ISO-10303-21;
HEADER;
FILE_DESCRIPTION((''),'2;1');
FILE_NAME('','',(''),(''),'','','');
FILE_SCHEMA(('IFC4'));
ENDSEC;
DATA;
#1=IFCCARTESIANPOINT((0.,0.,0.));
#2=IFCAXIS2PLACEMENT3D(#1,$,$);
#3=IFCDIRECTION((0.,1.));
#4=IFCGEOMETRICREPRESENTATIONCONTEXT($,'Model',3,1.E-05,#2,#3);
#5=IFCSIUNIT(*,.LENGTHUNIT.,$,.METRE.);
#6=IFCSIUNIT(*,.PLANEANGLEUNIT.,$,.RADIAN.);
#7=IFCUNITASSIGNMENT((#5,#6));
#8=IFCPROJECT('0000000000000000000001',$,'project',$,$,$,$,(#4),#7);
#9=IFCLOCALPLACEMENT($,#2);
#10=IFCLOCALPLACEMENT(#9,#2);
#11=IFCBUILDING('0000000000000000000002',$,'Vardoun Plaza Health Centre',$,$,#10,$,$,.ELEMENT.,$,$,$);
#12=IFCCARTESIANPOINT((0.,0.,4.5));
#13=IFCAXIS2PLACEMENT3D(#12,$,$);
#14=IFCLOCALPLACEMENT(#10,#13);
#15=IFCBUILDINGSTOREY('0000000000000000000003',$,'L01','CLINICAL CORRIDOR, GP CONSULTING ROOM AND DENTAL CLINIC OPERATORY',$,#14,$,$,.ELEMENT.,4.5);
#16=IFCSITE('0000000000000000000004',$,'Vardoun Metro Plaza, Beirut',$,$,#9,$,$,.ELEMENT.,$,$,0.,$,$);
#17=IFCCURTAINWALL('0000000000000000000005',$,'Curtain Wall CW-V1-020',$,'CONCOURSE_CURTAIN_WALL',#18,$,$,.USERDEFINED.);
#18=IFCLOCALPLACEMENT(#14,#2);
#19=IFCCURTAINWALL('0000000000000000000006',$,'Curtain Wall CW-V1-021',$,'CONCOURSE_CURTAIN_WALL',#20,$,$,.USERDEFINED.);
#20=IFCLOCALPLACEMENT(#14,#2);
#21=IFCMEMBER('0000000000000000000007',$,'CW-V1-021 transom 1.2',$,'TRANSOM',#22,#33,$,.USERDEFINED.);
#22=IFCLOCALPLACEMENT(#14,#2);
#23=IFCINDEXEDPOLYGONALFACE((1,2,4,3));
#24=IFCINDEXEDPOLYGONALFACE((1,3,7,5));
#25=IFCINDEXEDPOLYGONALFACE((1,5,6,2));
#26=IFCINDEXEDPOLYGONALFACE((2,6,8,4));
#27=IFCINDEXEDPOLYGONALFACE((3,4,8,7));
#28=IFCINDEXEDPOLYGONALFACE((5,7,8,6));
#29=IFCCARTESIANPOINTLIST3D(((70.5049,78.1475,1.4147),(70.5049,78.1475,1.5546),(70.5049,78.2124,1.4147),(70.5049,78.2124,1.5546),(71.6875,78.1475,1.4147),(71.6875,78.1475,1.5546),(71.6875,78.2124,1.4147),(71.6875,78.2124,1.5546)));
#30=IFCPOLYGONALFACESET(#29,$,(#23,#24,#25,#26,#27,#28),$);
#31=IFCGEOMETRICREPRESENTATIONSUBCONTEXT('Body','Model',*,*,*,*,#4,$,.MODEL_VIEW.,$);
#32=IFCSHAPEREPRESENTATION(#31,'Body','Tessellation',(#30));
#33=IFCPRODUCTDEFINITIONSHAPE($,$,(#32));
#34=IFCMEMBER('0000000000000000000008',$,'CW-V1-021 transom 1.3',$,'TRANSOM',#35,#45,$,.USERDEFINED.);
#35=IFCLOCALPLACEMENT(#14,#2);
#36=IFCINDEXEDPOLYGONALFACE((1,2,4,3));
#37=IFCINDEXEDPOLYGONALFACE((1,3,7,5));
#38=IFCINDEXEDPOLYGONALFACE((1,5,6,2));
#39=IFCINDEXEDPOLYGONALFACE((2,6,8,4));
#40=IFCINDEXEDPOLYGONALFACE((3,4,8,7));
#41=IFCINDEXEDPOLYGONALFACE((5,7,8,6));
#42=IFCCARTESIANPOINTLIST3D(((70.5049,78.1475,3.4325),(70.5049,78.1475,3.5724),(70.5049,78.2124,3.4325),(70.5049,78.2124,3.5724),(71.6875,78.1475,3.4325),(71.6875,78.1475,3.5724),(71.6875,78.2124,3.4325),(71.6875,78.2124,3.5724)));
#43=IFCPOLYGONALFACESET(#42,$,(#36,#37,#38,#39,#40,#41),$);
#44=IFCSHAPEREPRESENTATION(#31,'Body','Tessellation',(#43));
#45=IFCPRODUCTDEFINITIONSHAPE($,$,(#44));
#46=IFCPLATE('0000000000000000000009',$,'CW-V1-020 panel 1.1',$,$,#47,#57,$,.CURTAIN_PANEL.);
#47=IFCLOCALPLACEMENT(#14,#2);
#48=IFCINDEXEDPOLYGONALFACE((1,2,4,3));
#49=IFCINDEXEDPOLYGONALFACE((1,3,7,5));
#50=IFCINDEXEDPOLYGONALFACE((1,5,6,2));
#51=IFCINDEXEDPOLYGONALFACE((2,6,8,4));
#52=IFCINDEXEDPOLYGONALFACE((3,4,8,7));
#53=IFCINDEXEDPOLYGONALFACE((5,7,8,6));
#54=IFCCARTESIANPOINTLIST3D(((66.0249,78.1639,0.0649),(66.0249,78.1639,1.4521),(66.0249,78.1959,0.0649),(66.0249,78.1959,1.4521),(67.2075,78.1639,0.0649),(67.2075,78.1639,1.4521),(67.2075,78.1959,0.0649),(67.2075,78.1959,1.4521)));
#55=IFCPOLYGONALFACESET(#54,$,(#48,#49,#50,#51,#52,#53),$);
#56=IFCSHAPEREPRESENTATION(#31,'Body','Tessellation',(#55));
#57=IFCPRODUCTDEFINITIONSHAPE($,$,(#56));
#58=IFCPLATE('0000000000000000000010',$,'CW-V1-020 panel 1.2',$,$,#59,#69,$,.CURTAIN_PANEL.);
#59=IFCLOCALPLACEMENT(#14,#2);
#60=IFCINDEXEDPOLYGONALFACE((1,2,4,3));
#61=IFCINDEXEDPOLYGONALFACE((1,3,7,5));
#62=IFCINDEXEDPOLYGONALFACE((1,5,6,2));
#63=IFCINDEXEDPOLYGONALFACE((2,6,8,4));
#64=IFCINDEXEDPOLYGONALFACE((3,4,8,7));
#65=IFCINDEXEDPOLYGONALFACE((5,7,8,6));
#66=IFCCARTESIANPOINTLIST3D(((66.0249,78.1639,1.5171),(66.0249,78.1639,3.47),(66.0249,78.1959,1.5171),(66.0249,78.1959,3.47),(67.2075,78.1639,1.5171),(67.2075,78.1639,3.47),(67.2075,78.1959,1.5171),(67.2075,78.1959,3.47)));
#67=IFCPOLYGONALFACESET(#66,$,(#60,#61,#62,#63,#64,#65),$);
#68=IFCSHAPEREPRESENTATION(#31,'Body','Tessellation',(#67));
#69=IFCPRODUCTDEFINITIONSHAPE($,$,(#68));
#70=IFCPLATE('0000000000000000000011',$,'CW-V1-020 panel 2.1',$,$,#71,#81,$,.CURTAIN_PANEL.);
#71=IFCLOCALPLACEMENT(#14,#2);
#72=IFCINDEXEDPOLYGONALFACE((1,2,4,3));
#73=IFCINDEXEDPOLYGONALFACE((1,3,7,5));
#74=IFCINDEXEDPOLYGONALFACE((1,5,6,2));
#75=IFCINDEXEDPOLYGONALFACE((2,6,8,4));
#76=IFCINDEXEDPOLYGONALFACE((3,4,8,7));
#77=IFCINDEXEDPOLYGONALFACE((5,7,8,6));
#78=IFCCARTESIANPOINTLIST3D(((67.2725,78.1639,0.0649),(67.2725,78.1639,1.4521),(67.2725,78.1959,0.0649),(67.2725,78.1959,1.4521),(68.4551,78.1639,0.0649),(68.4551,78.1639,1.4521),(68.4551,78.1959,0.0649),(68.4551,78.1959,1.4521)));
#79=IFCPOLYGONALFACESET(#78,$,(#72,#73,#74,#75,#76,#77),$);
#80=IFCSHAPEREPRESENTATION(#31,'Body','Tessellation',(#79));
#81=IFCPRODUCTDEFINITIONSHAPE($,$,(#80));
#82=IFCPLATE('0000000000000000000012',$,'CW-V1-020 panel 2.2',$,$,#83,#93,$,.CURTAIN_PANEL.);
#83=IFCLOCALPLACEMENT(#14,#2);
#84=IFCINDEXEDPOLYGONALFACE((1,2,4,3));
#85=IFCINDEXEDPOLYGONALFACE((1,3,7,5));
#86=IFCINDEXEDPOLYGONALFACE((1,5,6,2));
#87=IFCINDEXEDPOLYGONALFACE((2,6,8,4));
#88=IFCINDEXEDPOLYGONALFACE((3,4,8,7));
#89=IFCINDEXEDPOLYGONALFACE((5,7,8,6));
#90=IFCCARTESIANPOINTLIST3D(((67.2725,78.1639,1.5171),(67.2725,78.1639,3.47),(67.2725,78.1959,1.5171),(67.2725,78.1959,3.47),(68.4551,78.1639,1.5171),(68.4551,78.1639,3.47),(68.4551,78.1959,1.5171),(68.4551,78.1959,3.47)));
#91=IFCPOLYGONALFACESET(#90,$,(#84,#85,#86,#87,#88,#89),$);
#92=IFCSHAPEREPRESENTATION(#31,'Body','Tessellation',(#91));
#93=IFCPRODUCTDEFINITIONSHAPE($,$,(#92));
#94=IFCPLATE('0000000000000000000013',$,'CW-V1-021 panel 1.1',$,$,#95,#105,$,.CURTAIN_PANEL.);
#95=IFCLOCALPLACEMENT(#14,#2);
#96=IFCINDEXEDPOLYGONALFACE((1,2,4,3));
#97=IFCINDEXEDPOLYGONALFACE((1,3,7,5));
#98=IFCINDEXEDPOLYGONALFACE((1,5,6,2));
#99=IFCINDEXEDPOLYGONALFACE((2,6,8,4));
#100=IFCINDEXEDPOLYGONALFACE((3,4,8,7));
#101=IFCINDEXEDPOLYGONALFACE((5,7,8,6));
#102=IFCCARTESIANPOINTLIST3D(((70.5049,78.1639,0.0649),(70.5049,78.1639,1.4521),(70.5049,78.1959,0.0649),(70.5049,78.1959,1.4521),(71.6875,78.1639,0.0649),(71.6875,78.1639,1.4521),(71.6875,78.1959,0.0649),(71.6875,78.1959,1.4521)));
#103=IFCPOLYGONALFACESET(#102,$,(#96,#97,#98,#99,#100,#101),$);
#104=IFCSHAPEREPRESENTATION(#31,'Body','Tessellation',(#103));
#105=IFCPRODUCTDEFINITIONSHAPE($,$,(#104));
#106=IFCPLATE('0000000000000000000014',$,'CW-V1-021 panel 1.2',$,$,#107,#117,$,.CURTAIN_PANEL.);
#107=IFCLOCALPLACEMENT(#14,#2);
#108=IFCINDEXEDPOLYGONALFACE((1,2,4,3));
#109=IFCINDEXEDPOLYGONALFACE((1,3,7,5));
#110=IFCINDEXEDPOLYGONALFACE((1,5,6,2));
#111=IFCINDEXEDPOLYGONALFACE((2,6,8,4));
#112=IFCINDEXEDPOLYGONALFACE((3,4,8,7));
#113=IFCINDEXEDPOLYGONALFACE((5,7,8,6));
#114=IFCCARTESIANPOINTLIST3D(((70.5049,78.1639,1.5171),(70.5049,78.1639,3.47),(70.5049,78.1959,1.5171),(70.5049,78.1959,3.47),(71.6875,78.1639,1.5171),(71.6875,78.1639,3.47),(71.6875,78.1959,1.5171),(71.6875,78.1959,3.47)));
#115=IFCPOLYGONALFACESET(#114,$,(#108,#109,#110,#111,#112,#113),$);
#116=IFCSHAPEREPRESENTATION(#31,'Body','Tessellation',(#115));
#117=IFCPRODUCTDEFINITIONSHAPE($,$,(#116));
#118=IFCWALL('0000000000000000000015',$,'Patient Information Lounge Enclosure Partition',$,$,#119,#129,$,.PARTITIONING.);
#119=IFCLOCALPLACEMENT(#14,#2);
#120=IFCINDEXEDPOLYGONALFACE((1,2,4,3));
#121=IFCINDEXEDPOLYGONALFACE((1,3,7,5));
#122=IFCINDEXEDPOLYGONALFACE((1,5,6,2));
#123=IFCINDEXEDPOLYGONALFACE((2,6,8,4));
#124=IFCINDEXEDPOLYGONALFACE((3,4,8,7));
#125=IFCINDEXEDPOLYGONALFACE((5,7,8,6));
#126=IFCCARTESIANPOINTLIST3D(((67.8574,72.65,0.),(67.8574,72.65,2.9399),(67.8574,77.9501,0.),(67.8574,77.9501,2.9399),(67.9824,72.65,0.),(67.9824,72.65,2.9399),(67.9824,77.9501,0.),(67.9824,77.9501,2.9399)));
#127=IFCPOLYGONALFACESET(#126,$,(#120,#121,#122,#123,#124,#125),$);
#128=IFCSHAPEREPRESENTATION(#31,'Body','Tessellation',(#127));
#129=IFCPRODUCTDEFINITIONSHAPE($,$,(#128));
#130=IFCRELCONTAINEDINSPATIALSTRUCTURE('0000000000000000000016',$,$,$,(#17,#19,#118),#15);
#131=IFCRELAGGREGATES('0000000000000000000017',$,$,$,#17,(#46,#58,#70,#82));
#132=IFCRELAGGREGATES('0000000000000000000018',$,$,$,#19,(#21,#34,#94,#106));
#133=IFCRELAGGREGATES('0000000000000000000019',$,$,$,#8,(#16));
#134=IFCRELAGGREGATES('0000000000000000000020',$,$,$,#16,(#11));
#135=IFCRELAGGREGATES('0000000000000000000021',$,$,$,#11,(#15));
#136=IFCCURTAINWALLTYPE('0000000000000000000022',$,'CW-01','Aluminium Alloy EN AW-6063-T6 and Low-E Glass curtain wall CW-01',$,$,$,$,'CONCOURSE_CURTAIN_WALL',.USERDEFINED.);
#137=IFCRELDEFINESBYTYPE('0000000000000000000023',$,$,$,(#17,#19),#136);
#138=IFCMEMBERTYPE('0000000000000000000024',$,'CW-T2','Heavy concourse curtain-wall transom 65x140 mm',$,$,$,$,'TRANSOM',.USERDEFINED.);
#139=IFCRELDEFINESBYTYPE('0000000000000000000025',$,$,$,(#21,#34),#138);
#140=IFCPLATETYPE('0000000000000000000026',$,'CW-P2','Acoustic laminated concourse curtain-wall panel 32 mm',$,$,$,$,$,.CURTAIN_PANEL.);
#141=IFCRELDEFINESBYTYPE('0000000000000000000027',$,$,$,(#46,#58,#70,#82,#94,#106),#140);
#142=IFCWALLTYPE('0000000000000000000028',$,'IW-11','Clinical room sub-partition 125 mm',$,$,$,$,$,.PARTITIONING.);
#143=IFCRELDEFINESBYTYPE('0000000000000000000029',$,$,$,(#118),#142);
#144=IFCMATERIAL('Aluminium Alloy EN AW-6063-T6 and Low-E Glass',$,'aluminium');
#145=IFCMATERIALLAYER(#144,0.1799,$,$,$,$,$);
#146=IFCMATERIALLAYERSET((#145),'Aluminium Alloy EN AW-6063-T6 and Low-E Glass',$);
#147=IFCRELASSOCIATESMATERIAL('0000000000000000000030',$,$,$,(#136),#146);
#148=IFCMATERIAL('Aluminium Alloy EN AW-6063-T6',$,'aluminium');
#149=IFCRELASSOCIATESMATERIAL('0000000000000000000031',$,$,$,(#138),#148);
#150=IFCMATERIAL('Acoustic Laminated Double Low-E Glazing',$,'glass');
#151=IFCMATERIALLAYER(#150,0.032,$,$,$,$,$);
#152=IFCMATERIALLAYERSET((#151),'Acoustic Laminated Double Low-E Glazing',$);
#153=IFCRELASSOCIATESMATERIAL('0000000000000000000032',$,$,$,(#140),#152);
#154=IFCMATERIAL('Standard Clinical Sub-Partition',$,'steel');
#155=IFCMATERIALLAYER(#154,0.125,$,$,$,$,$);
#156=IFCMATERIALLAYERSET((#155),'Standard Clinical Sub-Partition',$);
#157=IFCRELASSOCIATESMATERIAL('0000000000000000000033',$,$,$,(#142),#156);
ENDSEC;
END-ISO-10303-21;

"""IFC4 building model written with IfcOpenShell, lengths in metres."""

from ifc_helpers import new_model, si_unit, direction, frame, frame_2d, origin, origin_2d, place, context, subcontext, project, spatial, rectangle, extrude, material, layer, layer_set, material_profile, profile_set, type_object, element, aggregate, save


model = new_model("IFC4")

# Units and contexts
model_context = context("Model", 3, precision=1e-05, world=origin(), true_north=direction((0.0, 1.0)))
body_context = subcontext(model_context, "Body", "Model", "MODEL_VIEW")
ifc_project = project(units=[si_unit("LENGTHUNIT", "METRE"), si_unit("PLANEANGLEUNIT", "RADIAN")], contexts=[model_context])

# Site, building, storey
site_placement = place(None, origin())
site = spatial("IfcSite", under=ifc_project, at=site_placement, Name="Vardoun Metro Plaza, Beirut", CompositionType="ELEMENT", RefElevation=0.0)
building_placement = place(site_placement, origin())
building = spatial("IfcBuilding", under=site, at=building_placement, Name="Vardoun Plaza Health Centre", CompositionType="ELEMENT")
storey_placement = place(building_placement, frame((0.0, 0.0, 4.5)))
storey = spatial("IfcBuildingStorey", under=building, at=storey_placement, Name="L01", Description="CLINICAL CORRIDOR, GP CONSULTING ROOM AND DENTAL CLINIC OPERATORY", CompositionType="ELEMENT", Elevation=4.5)

# Curtain wall
ifc_material_1 = material(Name="Aluminium Alloy EN AW-6063-T6 and Low-E Glass", Category="aluminium")
ifc_layer_1 = layer(ifc_material_1, 0.1799)
ifc_layer_set_1 = layer_set([ifc_layer_1], Name="Aluminium Alloy EN AW-6063-T6 and Low-E Glass")
curtain_wall_type = type_object("IfcCurtainWallType", Name="CW-01", Description="Aluminium Alloy EN AW-6063-T6 and Low-E Glass curtain wall CW-01", ElementType="CONCOURSE_CURTAIN_WALL", PredefinedType="USERDEFINED", material=ifc_layer_set_1)
curtain_wall_1_placement = place(storey_placement, origin())
curtain_wall_1 = element("IfcCurtainWall", 1, at=curtain_wall_1_placement, inside=storey, type_object=curtain_wall_type, Name="Curtain Wall CW-V1-020", ObjectType="CONCOURSE_CURTAIN_WALL", PredefinedType="USERDEFINED")

# Curtain wall
curtain_wall_2_placement = place(storey_placement, origin())
curtain_wall_2 = element("IfcCurtainWall", 2, at=curtain_wall_2_placement, inside=storey, type_object=curtain_wall_type, Name="Curtain Wall CW-V1-021", ObjectType="CONCOURSE_CURTAIN_WALL", PredefinedType="USERDEFINED")

# Members
ifc_material_2 = material(Name="Aluminium Alloy EN AW-6063-T6", Category="aluminium")
ifc_material_profile_1 = material_profile(ifc_material_2, rectangle(XDim=0.0649, YDim=0.1399, at=origin_2d()), Name="CWT 65x140")
ifc_profile_set_1 = profile_set([ifc_material_profile_1], Name="Aluminium Alloy EN AW-6063-T6")
member_type_1 = type_object("IfcMemberType", Name="CW-T2", Description="Heavy concourse curtain-wall transom 65x140 mm", ElementType="TRANSOM", PredefinedType="USERDEFINED", material=ifc_profile_set_1)
member_1_placement = place(storey_placement, frame((70.5049, 78.1799, 1.4846), z_axis=(1.0, 0.0, 0.0), x_axis=(0.0, 1.0, 0.0)))
member_1 = element("IfcMember", 3, at=member_1_placement, type_object=member_type_1, Name="CW-V1-021 transom 1.2", ObjectType="TRANSOM", PredefinedType="USERDEFINED", context=body_context, shape_type="SweptSolid", body=[
    extrude(rectangle(XDim=0.0649, YDim=0.1399, at=origin_2d()), origin(), (0.0, 0.0, 1.0), 1.1826),
])
member_2_placement = place(storey_placement, frame((70.5049, 78.1799, 3.5024), z_axis=(1.0, 0.0, 0.0), x_axis=(0.0, 1.0, 0.0)))
member_2 = element("IfcMember", 4, at=member_2_placement, type_object=member_type_1, Name="CW-V1-021 transom 1.3", ObjectType="TRANSOM", PredefinedType="USERDEFINED", context=body_context, shape_type="SweptSolid", body=[
    extrude(rectangle(XDim=0.0649, YDim=0.1399, at=origin_2d()), origin(), (0.0, 0.0, 1.0), 1.1826),
])

# Plates
ifc_material_3 = material(Name="Acoustic Laminated Double Low-E Glazing", Category="glass")
ifc_layer_2 = layer(ifc_material_3, 0.032)
ifc_layer_set_2 = layer_set([ifc_layer_2], Name="Acoustic Laminated Double Low-E Glazing")
plate_type = type_object("IfcPlateType", Name="CW-P2", Description="Acoustic laminated concourse curtain-wall panel 32 mm", PredefinedType="CURTAIN_PANEL", material=ifc_layer_set_2)
plate_1_placement = place(storey_placement, frame((66.6162, 78.1799, 0.0649), z_axis=(0.0, 0.0, 1.0), x_axis=(1.0, 0.0, 0.0)))
plate_1 = element("IfcPlate", 5, at=plate_1_placement, type_object=plate_type, Name="CW-V1-020 panel 1.1", PredefinedType="CURTAIN_PANEL", context=body_context, shape_type="SweptSolid", body=[
    extrude(rectangle(XDim=1.1826, YDim=0.032, at=origin_2d()), origin(), (0.0, 0.0, 1.0), 1.3872),
])
plate_2_placement = place(storey_placement, frame((66.6162, 78.1799, 1.5171), z_axis=(0.0, 0.0, 1.0), x_axis=(1.0, 0.0, 0.0)))
plate_2 = element("IfcPlate", 6, at=plate_2_placement, type_object=plate_type, Name="CW-V1-020 panel 1.2", PredefinedType="CURTAIN_PANEL", context=body_context, shape_type="SweptSolid", body=[
    extrude(rectangle(XDim=1.1826, YDim=0.032, at=origin_2d()), origin(), (0.0, 0.0, 1.0), 1.9529),
])
plate_3_placement = place(storey_placement, frame((67.8638, 78.1799, 0.0649), z_axis=(0.0, 0.0, 1.0), x_axis=(1.0, 0.0, 0.0)))
plate_3 = element("IfcPlate", 7, at=plate_3_placement, type_object=plate_type, Name="CW-V1-020 panel 2.1", PredefinedType="CURTAIN_PANEL", context=body_context, shape_type="SweptSolid", body=[
    extrude(rectangle(XDim=1.1826, YDim=0.032, at=origin_2d()), origin(), (0.0, 0.0, 1.0), 1.3872),
])
plate_4_placement = place(storey_placement, frame((67.8638, 78.1799, 1.5171), z_axis=(0.0, 0.0, 1.0), x_axis=(1.0, 0.0, 0.0)))
plate_4 = element("IfcPlate", 8, at=plate_4_placement, type_object=plate_type, Name="CW-V1-020 panel 2.2", PredefinedType="CURTAIN_PANEL", context=body_context, shape_type="SweptSolid", body=[
    extrude(rectangle(XDim=1.1826, YDim=0.032, at=origin_2d()), origin(), (0.0, 0.0, 1.0), 1.9529),
])
aggregate(curtain_wall_1, [plate_1, plate_2, plate_3, plate_4])
plate_5_placement = place(storey_placement, frame((71.0962, 78.1799, 0.0649), z_axis=(0.0, 0.0, 1.0), x_axis=(1.0, 0.0, 0.0)))
plate_5 = element("IfcPlate", 9, at=plate_5_placement, type_object=plate_type, Name="CW-V1-021 panel 1.1", PredefinedType="CURTAIN_PANEL", context=body_context, shape_type="SweptSolid", body=[
    extrude(rectangle(XDim=1.1826, YDim=0.032, at=origin_2d()), origin(), (0.0, 0.0, 1.0), 1.3872),
])
plate_6_placement = place(storey_placement, frame((71.0962, 78.1799, 1.5171), z_axis=(0.0, 0.0, 1.0), x_axis=(1.0, 0.0, 0.0)))
plate_6 = element("IfcPlate", 10, at=plate_6_placement, type_object=plate_type, Name="CW-V1-021 panel 1.2", PredefinedType="CURTAIN_PANEL", context=body_context, shape_type="SweptSolid", body=[
    extrude(rectangle(XDim=1.1826, YDim=0.032, at=origin_2d()), origin(), (0.0, 0.0, 1.0), 1.9529),
])
aggregate(curtain_wall_2, [member_1, member_2, plate_5, plate_6])

# Wall
ifc_material_4 = material(Name="Standard Clinical Sub-Partition", Category="steel")
ifc_layer_3 = layer(ifc_material_4, 0.125)
ifc_layer_set_3 = layer_set([ifc_layer_3], Name="Standard Clinical Sub-Partition")
wall_type = type_object("IfcWallType", Name="IW-11", Description="Clinical room sub-partition 125 mm", PredefinedType="PARTITIONING", material=ifc_layer_set_3)
wall_placement = place(storey_placement, frame((67.9199, 77.95, 0.0), z_axis=(0.0, 0.0, 1.0), x_axis=(0.0, -1.0, 0.0)))
element("IfcWall", 11, at=wall_placement, inside=storey, type_object=wall_type, Name="Patient Information Lounge Enclosure Partition", PredefinedType="PARTITIONING", context=body_context, shape_type="SweptSolid", body=[
    extrude(rectangle(XDim=5.3, YDim=0.125, at=frame_2d((2.6499, 0.0))), origin(), (0.0, 0.0, 1.0), 2.9399),
])

save(model, "model.ifc")
